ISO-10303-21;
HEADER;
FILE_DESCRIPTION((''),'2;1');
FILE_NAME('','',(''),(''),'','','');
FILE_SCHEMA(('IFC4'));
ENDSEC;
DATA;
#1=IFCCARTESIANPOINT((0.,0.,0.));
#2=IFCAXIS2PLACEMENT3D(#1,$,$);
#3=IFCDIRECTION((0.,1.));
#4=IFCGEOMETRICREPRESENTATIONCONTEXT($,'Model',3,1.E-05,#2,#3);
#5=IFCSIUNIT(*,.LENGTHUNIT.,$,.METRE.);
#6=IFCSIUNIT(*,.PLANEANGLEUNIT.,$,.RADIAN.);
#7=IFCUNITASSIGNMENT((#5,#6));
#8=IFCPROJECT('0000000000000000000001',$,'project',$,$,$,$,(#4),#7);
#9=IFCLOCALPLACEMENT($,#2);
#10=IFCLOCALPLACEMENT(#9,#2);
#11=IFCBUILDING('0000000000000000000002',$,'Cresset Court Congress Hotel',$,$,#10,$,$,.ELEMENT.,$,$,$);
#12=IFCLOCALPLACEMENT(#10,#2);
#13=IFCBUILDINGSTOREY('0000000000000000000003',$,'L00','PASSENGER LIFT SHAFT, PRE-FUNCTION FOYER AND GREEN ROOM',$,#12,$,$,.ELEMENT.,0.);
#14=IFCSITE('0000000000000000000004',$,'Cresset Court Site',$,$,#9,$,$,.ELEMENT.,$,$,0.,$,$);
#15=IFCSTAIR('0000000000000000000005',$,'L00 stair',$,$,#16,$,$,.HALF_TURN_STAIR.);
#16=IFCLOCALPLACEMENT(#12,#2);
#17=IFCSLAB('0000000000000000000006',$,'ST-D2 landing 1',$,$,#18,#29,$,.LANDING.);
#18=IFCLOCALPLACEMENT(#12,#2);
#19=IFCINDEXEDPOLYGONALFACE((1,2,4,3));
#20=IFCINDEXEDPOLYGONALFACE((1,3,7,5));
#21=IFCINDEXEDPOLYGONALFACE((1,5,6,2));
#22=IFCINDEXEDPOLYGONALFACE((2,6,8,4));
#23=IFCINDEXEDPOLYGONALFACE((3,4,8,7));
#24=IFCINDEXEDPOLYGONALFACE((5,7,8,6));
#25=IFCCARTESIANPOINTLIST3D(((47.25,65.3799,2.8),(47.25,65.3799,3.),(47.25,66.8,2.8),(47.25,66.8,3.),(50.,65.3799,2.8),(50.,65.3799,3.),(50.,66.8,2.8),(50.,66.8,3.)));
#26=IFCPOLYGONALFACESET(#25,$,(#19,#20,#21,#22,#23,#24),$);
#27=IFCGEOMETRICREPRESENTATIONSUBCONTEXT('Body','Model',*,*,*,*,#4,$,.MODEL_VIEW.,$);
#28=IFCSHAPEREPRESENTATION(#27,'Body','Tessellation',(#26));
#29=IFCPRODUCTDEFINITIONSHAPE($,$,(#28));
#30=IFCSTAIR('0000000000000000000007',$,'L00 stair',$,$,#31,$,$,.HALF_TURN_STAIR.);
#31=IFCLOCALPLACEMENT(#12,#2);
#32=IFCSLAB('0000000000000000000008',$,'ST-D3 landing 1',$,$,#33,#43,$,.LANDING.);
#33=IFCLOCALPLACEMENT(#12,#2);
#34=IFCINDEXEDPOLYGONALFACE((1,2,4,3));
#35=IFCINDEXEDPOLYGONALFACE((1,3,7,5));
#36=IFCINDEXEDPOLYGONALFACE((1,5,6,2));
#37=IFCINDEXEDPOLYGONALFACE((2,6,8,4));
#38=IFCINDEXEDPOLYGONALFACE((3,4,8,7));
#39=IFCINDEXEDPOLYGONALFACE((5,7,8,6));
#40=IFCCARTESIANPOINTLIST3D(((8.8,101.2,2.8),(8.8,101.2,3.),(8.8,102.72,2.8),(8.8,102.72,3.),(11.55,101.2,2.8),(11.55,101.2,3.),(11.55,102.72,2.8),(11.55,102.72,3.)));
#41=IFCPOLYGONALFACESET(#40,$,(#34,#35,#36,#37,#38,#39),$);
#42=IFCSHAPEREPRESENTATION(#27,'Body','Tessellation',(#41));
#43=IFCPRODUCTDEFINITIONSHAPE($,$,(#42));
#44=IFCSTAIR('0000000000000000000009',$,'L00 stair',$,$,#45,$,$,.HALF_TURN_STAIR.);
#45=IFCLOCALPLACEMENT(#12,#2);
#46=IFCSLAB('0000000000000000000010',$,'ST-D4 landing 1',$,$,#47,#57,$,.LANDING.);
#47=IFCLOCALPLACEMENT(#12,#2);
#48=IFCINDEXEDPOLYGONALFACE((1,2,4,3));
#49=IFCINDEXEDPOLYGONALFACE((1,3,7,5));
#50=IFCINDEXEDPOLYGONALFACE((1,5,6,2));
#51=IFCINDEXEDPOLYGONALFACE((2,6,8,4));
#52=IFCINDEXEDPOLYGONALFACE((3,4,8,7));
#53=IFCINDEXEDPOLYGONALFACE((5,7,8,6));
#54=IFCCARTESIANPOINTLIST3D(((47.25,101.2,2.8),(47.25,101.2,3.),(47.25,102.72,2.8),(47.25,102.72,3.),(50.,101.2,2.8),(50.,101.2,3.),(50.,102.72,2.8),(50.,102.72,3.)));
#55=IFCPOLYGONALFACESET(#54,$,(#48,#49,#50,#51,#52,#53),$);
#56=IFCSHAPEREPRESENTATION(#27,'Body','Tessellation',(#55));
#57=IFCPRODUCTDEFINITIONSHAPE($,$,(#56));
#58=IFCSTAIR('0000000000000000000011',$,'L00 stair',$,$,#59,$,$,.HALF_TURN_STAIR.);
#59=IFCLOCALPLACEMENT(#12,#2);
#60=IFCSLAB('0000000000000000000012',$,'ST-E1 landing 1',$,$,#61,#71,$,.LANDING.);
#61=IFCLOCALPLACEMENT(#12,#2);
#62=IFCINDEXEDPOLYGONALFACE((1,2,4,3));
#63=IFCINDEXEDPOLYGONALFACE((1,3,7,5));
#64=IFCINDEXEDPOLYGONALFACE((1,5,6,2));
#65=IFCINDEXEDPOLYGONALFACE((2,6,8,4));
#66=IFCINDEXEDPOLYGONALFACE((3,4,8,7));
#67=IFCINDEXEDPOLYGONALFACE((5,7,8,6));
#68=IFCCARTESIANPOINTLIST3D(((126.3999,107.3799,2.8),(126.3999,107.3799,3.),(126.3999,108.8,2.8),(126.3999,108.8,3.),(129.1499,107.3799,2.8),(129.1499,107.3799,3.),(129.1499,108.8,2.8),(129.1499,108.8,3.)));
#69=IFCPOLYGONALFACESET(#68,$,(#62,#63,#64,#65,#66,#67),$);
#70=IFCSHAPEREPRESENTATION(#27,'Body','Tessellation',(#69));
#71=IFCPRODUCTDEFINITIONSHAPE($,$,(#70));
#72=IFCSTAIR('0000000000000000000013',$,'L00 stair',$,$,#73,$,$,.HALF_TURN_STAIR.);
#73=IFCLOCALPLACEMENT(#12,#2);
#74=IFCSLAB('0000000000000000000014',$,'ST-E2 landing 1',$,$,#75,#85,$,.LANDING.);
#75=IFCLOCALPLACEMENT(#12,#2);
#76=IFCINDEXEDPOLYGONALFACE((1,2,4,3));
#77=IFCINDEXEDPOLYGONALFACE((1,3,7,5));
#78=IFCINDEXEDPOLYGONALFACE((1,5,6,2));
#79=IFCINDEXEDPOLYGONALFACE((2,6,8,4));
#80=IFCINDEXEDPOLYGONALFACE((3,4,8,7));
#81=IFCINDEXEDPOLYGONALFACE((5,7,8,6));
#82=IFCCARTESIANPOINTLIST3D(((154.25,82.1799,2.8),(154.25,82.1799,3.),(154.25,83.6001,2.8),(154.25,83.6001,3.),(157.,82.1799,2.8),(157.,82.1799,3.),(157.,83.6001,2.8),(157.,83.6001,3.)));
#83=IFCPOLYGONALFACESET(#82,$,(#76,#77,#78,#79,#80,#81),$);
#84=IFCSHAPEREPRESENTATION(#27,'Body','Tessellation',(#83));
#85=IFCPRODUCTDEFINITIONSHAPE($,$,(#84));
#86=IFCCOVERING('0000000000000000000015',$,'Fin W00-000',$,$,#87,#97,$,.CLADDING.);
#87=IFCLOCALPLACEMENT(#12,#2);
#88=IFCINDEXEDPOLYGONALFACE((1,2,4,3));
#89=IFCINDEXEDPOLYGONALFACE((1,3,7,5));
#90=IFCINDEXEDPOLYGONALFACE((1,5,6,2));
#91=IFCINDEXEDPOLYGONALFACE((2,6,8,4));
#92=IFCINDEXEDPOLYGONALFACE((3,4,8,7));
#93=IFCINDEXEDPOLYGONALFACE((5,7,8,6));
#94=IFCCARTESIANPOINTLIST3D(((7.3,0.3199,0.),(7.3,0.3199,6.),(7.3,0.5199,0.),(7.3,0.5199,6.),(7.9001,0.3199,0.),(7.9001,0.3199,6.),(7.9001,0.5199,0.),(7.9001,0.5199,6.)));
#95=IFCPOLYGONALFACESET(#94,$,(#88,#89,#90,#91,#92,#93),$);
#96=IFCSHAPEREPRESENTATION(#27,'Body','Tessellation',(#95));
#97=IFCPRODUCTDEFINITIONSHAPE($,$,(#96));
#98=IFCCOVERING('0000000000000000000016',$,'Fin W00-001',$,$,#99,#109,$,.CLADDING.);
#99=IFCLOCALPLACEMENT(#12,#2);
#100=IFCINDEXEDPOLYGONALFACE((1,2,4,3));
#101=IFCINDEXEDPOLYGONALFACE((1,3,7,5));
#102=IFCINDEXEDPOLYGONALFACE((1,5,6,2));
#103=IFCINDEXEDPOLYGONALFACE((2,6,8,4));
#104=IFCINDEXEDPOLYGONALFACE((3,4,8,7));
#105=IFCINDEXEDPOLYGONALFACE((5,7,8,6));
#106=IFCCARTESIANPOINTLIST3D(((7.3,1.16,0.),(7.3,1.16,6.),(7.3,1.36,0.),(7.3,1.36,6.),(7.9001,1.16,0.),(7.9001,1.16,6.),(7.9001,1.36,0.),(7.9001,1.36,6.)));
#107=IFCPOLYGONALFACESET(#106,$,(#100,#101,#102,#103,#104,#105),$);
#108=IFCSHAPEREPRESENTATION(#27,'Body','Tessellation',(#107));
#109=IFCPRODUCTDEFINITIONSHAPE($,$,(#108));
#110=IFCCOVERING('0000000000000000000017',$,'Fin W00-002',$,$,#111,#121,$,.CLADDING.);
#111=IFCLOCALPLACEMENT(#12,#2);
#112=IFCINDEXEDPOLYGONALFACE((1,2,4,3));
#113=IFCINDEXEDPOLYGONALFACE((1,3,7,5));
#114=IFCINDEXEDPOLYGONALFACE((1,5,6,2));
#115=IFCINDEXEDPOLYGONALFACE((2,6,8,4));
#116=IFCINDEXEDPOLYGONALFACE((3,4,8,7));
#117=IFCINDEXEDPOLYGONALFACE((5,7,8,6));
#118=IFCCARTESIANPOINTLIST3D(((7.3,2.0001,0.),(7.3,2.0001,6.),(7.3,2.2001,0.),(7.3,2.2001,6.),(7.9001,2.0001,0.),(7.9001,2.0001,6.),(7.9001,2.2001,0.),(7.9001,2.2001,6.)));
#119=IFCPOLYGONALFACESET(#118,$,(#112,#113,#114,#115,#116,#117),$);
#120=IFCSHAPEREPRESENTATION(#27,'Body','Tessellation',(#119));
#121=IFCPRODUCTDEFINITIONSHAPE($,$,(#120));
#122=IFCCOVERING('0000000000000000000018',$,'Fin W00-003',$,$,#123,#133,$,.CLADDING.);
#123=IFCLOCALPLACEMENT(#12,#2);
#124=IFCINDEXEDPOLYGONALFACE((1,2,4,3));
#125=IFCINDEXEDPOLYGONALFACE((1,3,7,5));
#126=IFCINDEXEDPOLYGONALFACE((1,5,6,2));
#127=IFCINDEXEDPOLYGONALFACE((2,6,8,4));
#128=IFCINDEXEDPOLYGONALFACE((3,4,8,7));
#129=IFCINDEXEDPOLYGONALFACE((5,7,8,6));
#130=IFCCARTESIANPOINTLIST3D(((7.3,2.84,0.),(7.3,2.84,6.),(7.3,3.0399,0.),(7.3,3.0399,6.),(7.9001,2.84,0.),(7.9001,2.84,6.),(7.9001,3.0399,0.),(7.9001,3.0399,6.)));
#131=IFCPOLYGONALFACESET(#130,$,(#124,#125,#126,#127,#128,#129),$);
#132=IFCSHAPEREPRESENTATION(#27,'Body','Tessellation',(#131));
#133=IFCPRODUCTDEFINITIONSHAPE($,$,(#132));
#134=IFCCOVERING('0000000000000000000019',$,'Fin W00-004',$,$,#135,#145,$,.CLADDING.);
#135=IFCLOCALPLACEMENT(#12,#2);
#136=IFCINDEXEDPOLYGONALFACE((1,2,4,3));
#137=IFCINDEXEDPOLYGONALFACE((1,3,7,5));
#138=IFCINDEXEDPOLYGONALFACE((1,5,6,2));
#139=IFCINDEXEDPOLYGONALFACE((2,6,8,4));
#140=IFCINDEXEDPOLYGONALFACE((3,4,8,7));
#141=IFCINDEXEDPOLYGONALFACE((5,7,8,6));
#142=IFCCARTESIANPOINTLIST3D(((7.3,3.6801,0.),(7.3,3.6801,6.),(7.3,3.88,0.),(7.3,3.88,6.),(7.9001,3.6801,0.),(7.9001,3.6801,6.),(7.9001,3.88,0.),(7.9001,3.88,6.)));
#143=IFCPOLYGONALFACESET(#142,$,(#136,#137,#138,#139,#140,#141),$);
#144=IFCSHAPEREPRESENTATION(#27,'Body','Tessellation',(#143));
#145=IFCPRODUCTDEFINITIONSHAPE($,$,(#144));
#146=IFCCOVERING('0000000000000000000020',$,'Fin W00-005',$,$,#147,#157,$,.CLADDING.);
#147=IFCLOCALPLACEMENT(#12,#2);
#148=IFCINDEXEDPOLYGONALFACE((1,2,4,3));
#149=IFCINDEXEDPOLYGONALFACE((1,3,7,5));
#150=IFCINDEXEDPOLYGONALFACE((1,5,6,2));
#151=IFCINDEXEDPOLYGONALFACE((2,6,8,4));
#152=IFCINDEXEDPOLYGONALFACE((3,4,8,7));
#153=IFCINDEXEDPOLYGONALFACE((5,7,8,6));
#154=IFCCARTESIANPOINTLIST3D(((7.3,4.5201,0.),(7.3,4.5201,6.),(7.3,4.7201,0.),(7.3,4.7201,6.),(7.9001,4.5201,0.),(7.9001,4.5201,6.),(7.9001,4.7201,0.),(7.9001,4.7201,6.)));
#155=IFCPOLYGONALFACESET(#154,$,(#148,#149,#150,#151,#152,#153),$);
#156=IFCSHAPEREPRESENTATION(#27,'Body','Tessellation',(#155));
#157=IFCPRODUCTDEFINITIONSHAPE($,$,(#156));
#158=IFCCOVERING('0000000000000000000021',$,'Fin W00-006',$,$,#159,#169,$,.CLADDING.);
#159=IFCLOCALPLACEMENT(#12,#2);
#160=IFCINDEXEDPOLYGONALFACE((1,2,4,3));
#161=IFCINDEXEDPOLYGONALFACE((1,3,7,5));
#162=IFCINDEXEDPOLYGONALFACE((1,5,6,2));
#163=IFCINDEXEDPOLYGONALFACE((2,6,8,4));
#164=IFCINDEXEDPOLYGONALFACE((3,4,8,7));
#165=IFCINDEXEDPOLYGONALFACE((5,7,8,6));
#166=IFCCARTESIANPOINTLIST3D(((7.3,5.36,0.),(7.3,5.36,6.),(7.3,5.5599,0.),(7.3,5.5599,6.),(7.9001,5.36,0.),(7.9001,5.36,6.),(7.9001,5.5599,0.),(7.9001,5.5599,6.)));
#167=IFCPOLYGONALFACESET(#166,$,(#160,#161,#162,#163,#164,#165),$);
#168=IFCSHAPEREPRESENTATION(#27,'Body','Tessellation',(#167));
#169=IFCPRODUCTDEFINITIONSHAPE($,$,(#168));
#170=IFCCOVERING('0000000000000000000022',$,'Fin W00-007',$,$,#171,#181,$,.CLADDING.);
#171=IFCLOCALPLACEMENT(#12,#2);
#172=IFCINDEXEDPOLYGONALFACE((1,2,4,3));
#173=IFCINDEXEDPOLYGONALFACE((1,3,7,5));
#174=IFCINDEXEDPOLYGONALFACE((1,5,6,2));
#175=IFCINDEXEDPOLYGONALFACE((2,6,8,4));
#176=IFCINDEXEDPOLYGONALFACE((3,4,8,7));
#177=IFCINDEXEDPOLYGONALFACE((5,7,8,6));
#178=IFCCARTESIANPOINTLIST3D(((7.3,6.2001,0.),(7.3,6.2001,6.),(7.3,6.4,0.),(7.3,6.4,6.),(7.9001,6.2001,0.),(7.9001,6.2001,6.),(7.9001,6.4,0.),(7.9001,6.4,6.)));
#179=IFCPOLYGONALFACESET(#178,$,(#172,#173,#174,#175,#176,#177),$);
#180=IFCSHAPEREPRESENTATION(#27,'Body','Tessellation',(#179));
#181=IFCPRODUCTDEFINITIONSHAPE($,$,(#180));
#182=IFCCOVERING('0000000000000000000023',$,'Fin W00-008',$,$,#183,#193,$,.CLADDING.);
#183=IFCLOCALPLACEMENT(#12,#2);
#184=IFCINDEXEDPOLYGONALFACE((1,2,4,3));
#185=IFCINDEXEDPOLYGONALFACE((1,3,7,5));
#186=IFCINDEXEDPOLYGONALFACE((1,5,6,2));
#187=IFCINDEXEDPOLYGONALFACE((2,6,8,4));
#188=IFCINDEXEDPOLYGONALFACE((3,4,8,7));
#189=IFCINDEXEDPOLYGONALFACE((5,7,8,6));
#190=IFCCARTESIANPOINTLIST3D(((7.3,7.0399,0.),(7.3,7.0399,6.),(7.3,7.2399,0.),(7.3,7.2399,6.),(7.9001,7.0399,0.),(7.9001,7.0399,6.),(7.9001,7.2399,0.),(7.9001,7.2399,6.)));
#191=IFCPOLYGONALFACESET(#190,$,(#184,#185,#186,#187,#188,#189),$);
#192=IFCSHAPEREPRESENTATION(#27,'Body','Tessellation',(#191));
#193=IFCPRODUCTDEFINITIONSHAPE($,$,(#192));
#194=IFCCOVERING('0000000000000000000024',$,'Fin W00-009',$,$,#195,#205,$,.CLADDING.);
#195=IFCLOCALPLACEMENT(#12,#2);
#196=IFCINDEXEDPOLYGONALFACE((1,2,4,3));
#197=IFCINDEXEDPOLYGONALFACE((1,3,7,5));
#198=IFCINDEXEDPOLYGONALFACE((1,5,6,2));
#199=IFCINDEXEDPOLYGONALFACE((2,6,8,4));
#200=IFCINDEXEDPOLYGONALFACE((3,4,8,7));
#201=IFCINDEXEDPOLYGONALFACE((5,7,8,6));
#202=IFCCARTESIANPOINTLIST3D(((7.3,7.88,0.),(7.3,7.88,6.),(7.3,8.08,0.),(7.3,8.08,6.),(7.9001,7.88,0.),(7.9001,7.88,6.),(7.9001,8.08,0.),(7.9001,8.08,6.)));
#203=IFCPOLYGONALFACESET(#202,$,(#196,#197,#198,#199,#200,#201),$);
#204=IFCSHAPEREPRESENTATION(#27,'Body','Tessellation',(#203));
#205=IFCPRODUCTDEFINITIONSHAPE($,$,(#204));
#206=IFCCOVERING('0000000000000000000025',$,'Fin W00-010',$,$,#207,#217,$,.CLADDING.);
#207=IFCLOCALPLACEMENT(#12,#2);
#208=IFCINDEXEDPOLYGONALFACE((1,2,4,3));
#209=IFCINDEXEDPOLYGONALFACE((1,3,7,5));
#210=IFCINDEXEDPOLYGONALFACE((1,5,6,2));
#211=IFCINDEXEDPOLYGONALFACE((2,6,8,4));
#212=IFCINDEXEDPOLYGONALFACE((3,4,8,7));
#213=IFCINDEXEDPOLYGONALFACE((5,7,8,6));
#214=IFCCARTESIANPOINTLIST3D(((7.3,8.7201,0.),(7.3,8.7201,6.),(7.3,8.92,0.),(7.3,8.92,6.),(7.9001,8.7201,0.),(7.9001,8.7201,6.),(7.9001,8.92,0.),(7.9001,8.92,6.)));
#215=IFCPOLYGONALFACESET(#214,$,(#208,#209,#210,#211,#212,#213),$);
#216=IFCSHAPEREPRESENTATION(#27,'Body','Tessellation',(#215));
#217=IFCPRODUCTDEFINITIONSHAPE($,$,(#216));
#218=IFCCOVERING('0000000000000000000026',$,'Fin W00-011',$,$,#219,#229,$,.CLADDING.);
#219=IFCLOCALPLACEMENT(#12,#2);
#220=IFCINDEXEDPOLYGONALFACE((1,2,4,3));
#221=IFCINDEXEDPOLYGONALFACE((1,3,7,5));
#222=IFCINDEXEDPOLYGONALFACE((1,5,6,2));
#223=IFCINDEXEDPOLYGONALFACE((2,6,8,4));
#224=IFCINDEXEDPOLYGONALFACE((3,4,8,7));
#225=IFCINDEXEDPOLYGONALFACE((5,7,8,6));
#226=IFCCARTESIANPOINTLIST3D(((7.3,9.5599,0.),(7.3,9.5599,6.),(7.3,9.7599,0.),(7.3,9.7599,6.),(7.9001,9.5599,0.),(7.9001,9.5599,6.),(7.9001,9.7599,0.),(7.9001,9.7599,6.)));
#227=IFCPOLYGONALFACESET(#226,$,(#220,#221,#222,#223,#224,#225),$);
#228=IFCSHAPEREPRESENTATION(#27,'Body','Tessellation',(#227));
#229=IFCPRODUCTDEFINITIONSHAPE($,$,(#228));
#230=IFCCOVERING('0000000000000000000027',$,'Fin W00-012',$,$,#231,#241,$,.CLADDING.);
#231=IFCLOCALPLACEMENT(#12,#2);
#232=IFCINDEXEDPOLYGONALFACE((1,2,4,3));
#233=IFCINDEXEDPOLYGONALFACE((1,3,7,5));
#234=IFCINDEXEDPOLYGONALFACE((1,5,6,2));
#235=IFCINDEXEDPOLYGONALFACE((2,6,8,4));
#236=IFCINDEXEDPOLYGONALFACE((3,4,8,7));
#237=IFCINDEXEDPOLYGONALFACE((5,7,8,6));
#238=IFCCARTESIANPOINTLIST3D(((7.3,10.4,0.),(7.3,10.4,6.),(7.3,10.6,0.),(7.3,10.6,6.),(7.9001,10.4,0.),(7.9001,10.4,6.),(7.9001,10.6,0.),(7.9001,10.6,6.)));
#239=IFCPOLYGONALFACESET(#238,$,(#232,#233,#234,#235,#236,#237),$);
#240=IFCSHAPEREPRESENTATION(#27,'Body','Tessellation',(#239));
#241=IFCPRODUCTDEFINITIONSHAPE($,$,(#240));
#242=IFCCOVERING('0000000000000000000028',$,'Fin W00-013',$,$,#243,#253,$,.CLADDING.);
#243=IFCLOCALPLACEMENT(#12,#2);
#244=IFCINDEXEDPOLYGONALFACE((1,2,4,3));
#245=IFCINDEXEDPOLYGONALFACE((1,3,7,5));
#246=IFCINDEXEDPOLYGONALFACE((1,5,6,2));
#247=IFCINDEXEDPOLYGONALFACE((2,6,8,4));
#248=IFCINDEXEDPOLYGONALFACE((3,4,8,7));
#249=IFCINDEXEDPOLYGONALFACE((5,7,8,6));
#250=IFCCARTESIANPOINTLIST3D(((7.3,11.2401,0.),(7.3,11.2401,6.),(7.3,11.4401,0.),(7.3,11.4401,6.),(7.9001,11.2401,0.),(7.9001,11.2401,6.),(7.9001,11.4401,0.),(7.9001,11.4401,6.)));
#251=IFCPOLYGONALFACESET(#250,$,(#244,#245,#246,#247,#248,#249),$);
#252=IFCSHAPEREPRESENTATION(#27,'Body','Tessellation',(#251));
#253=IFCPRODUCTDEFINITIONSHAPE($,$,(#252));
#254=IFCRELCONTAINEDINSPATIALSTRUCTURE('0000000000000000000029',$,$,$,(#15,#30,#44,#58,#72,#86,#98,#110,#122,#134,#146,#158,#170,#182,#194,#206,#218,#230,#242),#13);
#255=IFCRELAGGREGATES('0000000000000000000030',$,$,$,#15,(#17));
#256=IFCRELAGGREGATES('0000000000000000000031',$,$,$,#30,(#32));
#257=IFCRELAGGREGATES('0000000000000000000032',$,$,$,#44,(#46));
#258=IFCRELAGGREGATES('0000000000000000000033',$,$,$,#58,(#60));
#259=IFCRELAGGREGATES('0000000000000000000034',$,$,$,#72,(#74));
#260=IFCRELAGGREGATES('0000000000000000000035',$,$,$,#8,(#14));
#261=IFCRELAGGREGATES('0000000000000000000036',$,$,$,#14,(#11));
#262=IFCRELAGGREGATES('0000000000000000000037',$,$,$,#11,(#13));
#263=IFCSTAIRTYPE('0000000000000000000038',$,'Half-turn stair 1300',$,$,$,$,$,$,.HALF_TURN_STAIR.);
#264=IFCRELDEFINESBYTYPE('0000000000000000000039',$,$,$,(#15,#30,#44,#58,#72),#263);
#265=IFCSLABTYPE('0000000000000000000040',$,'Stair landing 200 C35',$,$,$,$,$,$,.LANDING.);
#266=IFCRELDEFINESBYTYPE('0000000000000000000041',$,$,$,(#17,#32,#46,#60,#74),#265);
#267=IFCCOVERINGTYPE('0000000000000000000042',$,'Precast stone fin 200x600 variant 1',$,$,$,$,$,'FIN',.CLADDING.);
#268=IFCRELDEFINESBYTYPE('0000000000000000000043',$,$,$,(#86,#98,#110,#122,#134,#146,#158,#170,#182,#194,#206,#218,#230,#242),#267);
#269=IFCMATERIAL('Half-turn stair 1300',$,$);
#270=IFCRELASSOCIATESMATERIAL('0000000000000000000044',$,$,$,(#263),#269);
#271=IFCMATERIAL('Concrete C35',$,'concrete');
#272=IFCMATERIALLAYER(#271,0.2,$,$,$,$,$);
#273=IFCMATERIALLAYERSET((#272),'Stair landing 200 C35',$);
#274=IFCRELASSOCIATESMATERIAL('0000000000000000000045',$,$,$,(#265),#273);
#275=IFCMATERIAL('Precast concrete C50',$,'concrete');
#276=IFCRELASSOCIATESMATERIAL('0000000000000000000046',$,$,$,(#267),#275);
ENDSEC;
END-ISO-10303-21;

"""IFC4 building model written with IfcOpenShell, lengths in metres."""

from ifc_helpers import new_model, si_unit, direction, frame, origin, origin_2d, place, context, subcontext, project, spatial, polyline, rectangle, outline, extrude, material, layer, layer_set, type_object, element, aggregate, save


model = new_model("IFC4")

# Units and contexts
model_context = context("Model", 3, precision=1e-05, world=origin(), true_north=direction((0.0, 1.0)))
body_context = subcontext(model_context, "Body", "Model", "MODEL_VIEW")
ifc_project = project(units=[si_unit("LENGTHUNIT", "METRE"), si_unit("PLANEANGLEUNIT", "RADIAN")], contexts=[model_context])

# Site, building, storey
site_placement = place(None, origin())
site = spatial("IfcSite", under=ifc_project, at=site_placement, Name="Cresset Court Site", CompositionType="ELEMENT", RefElevation=0.0)
building_placement = place(site_placement, origin())
building = spatial("IfcBuilding", under=site, at=building_placement, Name="Cresset Court Congress Hotel", CompositionType="ELEMENT")
storey_placement = place(building_placement, origin())
storey = spatial("IfcBuildingStorey", under=building, at=storey_placement, Name="L00", Description="PASSENGER LIFT SHAFT, PRE-FUNCTION FOYER AND GREEN ROOM", CompositionType="ELEMENT", Elevation=0.0)

# Stairs, slabs
ifc_material_1 = material(Name="Half-turn stair 1300")
stair_type = type_object("IfcStairType", Name="Half-turn stair 1300", PredefinedType="HALF_TURN_STAIR", material=ifc_material_1)
stair_1_placement = place(storey_placement, origin())
stair_1 = element("IfcStair", 1, at=stair_1_placement, inside=storey, type_object=stair_type, Name="L00 stair", PredefinedType="HALF_TURN_STAIR")
ifc_material_2 = material(Name="Concrete C35", Category="concrete")
ifc_layer = layer(ifc_material_2, 0.2)
ifc_layer_set = layer_set([ifc_layer], Name="Stair landing 200 C35")
slab_type = type_object("IfcSlabType", Name="Stair landing 200 C35", PredefinedType="LANDING", material=ifc_layer_set)
slab_1_placement = place(storey_placement, frame((0.0, 0.0, 2.8)))
slab_1 = element("IfcSlab", 2, at=slab_1_placement, type_object=slab_type, Name="ST-D2 landing 1", PredefinedType="LANDING", context=body_context, shape_type="SweptSolid", body=[
    extrude(outline(polyline([(50.0, 65.3799), (50.0, 66.8), (47.25, 66.8), (47.25, 65.3799), (50.0, 65.3799)])), origin(), (0.0, 0.0, 1.0), 0.2),
])
aggregate(stair_1, [slab_1])
stair_2_placement = place(storey_placement, origin())
stair_2 = element("IfcStair", 3, at=stair_2_placement, inside=storey, type_object=stair_type, Name="L00 stair", PredefinedType="HALF_TURN_STAIR")
slab_2_placement = place(storey_placement, frame((0.0, 0.0, 2.8)))
slab_2 = element("IfcSlab", 4, at=slab_2_placement, type_object=slab_type, Name="ST-D3 landing 1", PredefinedType="LANDING", context=body_context, shape_type="SweptSolid", body=[
    extrude(outline(polyline([(8.8, 102.72), (8.8, 101.2), (11.55, 101.2), (11.55, 102.72), (8.8, 102.72)])), origin(), (0.0, 0.0, 1.0), 0.2),
])
aggregate(stair_2, [slab_2])
stair_3_placement = place(storey_placement, origin())
stair_3 = element("IfcStair", 5, at=stair_3_placement, inside=storey, type_object=stair_type, Name="L00 stair", PredefinedType="HALF_TURN_STAIR")
slab_3_placement = place(storey_placement, frame((0.0, 0.0, 2.8)))
slab_3 = element("IfcSlab", 6, at=slab_3_placement, type_object=slab_type, Name="ST-D4 landing 1", PredefinedType="LANDING", context=body_context, shape_type="SweptSolid", body=[
    extrude(outline(polyline([(47.25, 102.72), (47.25, 101.2), (50.0, 101.2), (50.0, 102.72), (47.25, 102.72)])), origin(), (0.0, 0.0, 1.0), 0.2),
])
aggregate(stair_3, [slab_3])
stair_4_placement = place(storey_placement, origin())
stair_4 = element("IfcStair", 7, at=stair_4_placement, inside=storey, type_object=stair_type, Name="L00 stair", PredefinedType="HALF_TURN_STAIR")
slab_4_placement = place(storey_placement, frame((0.0, 0.0, 2.8)))
slab_4 = element("IfcSlab", 8, at=slab_4_placement, type_object=slab_type, Name="ST-E1 landing 1", PredefinedType="LANDING", context=body_context, shape_type="SweptSolid", body=[
    extrude(outline(polyline([(129.1499, 107.3799), (129.1499, 108.8), (126.3999, 108.8), (126.3999, 107.3799), (129.1499, 107.3799)])), origin(), (0.0, 0.0, 1.0), 0.2),
])
aggregate(stair_4, [slab_4])
stair_5_placement = place(storey_placement, origin())
stair_5 = element("IfcStair", 9, at=stair_5_placement, inside=storey, type_object=stair_type, Name="L00 stair", PredefinedType="HALF_TURN_STAIR")
slab_5_placement = place(storey_placement, frame((0.0, 0.0, 2.8)))
slab_5 = element("IfcSlab", 10, at=slab_5_placement, type_object=slab_type, Name="ST-E2 landing 1", PredefinedType="LANDING", context=body_context, shape_type="SweptSolid", body=[
    extrude(outline(polyline([(157.0, 82.1799), (157.0, 83.6001), (154.25, 83.6001), (154.25, 82.1799), (157.0, 82.1799)])), origin(), (0.0, 0.0, 1.0), 0.2),
])
aggregate(stair_5, [slab_5])

# Coverings
ifc_material_3 = material(Name="Precast concrete C50", Category="concrete")
covering_type = type_object("IfcCoveringType", Name="Precast stone fin 200x600 variant 1", ElementType="FIN", PredefinedType="CLADDING", material=ifc_material_3)
for number, where, z_axis, x_axis, name in (
    (11, (7.6001, 0.4199, 0.0), (0.0, 0.0, 1.0), (1.0, 0.0, 0.0), "Fin W00-000"),
    (12, (7.6001, 1.26, 0.0), (0.0, 0.0, 1.0), (1.0, 0.0, 0.0), "Fin W00-001"),
    (13, (7.6001, 2.1001, 0.0), (0.0, 0.0, 1.0), (1.0, 0.0, 0.0), "Fin W00-002"),
    (14, (7.6001, 2.9399, 0.0), (0.0, 0.0, 1.0), (1.0, 0.0, 0.0), "Fin W00-003"),
    (15, (7.6001, 3.78, 0.0), (0.0, 0.0, 1.0), (1.0, 0.0, 0.0), "Fin W00-004"),
    (16, (7.6001, 4.6201, 0.0), (0.0, 0.0, 1.0), (1.0, 0.0, 0.0), "Fin W00-005"),
    (17, (7.6001, 5.46, 0.0), (0.0, 0.0, 1.0), (1.0, 0.0, 0.0), "Fin W00-006"),
    (18, (7.6001, 6.3, 0.0), (0.0, 0.0, 1.0), (1.0, 0.0, 0.0), "Fin W00-007"),
    (19, (7.6001, 7.1399, 0.0), (0.0, 0.0, 1.0), (1.0, 0.0, 0.0), "Fin W00-008"),
    (20, (7.6001, 7.98, 0.0), (0.0, 0.0, 1.0), (1.0, 0.0, 0.0), "Fin W00-009"),
    (21, (7.6001, 8.8201, 0.0), (0.0, 0.0, 1.0), (1.0, 0.0, 0.0), "Fin W00-010"),
    (22, (7.6001, 9.6599, 0.0), (0.0, 0.0, 1.0), (1.0, 0.0, 0.0), "Fin W00-011"),
    (23, (7.6001, 10.5, 0.0), (0.0, 0.0, 1.0), (1.0, 0.0, 0.0), "Fin W00-012"),
    (24, (7.6001, 11.3401, 0.0), (0.0, 0.0, 1.0), (1.0, 0.0, 0.0), "Fin W00-013"),
):
    element("IfcCovering", number, at=place(storey_placement, frame(where, z_axis=z_axis, x_axis=x_axis)), inside=storey, type_object=covering_type, Name=name, PredefinedType="CLADDING", context=body_context, shape_type="SweptSolid", body=[
        extrude(rectangle(XDim=0.6001, YDim=0.2, at=origin_2d()), origin(), (0.0, 0.0, 1.0), 6.0),
    ])

save(model, "model.ifc")
